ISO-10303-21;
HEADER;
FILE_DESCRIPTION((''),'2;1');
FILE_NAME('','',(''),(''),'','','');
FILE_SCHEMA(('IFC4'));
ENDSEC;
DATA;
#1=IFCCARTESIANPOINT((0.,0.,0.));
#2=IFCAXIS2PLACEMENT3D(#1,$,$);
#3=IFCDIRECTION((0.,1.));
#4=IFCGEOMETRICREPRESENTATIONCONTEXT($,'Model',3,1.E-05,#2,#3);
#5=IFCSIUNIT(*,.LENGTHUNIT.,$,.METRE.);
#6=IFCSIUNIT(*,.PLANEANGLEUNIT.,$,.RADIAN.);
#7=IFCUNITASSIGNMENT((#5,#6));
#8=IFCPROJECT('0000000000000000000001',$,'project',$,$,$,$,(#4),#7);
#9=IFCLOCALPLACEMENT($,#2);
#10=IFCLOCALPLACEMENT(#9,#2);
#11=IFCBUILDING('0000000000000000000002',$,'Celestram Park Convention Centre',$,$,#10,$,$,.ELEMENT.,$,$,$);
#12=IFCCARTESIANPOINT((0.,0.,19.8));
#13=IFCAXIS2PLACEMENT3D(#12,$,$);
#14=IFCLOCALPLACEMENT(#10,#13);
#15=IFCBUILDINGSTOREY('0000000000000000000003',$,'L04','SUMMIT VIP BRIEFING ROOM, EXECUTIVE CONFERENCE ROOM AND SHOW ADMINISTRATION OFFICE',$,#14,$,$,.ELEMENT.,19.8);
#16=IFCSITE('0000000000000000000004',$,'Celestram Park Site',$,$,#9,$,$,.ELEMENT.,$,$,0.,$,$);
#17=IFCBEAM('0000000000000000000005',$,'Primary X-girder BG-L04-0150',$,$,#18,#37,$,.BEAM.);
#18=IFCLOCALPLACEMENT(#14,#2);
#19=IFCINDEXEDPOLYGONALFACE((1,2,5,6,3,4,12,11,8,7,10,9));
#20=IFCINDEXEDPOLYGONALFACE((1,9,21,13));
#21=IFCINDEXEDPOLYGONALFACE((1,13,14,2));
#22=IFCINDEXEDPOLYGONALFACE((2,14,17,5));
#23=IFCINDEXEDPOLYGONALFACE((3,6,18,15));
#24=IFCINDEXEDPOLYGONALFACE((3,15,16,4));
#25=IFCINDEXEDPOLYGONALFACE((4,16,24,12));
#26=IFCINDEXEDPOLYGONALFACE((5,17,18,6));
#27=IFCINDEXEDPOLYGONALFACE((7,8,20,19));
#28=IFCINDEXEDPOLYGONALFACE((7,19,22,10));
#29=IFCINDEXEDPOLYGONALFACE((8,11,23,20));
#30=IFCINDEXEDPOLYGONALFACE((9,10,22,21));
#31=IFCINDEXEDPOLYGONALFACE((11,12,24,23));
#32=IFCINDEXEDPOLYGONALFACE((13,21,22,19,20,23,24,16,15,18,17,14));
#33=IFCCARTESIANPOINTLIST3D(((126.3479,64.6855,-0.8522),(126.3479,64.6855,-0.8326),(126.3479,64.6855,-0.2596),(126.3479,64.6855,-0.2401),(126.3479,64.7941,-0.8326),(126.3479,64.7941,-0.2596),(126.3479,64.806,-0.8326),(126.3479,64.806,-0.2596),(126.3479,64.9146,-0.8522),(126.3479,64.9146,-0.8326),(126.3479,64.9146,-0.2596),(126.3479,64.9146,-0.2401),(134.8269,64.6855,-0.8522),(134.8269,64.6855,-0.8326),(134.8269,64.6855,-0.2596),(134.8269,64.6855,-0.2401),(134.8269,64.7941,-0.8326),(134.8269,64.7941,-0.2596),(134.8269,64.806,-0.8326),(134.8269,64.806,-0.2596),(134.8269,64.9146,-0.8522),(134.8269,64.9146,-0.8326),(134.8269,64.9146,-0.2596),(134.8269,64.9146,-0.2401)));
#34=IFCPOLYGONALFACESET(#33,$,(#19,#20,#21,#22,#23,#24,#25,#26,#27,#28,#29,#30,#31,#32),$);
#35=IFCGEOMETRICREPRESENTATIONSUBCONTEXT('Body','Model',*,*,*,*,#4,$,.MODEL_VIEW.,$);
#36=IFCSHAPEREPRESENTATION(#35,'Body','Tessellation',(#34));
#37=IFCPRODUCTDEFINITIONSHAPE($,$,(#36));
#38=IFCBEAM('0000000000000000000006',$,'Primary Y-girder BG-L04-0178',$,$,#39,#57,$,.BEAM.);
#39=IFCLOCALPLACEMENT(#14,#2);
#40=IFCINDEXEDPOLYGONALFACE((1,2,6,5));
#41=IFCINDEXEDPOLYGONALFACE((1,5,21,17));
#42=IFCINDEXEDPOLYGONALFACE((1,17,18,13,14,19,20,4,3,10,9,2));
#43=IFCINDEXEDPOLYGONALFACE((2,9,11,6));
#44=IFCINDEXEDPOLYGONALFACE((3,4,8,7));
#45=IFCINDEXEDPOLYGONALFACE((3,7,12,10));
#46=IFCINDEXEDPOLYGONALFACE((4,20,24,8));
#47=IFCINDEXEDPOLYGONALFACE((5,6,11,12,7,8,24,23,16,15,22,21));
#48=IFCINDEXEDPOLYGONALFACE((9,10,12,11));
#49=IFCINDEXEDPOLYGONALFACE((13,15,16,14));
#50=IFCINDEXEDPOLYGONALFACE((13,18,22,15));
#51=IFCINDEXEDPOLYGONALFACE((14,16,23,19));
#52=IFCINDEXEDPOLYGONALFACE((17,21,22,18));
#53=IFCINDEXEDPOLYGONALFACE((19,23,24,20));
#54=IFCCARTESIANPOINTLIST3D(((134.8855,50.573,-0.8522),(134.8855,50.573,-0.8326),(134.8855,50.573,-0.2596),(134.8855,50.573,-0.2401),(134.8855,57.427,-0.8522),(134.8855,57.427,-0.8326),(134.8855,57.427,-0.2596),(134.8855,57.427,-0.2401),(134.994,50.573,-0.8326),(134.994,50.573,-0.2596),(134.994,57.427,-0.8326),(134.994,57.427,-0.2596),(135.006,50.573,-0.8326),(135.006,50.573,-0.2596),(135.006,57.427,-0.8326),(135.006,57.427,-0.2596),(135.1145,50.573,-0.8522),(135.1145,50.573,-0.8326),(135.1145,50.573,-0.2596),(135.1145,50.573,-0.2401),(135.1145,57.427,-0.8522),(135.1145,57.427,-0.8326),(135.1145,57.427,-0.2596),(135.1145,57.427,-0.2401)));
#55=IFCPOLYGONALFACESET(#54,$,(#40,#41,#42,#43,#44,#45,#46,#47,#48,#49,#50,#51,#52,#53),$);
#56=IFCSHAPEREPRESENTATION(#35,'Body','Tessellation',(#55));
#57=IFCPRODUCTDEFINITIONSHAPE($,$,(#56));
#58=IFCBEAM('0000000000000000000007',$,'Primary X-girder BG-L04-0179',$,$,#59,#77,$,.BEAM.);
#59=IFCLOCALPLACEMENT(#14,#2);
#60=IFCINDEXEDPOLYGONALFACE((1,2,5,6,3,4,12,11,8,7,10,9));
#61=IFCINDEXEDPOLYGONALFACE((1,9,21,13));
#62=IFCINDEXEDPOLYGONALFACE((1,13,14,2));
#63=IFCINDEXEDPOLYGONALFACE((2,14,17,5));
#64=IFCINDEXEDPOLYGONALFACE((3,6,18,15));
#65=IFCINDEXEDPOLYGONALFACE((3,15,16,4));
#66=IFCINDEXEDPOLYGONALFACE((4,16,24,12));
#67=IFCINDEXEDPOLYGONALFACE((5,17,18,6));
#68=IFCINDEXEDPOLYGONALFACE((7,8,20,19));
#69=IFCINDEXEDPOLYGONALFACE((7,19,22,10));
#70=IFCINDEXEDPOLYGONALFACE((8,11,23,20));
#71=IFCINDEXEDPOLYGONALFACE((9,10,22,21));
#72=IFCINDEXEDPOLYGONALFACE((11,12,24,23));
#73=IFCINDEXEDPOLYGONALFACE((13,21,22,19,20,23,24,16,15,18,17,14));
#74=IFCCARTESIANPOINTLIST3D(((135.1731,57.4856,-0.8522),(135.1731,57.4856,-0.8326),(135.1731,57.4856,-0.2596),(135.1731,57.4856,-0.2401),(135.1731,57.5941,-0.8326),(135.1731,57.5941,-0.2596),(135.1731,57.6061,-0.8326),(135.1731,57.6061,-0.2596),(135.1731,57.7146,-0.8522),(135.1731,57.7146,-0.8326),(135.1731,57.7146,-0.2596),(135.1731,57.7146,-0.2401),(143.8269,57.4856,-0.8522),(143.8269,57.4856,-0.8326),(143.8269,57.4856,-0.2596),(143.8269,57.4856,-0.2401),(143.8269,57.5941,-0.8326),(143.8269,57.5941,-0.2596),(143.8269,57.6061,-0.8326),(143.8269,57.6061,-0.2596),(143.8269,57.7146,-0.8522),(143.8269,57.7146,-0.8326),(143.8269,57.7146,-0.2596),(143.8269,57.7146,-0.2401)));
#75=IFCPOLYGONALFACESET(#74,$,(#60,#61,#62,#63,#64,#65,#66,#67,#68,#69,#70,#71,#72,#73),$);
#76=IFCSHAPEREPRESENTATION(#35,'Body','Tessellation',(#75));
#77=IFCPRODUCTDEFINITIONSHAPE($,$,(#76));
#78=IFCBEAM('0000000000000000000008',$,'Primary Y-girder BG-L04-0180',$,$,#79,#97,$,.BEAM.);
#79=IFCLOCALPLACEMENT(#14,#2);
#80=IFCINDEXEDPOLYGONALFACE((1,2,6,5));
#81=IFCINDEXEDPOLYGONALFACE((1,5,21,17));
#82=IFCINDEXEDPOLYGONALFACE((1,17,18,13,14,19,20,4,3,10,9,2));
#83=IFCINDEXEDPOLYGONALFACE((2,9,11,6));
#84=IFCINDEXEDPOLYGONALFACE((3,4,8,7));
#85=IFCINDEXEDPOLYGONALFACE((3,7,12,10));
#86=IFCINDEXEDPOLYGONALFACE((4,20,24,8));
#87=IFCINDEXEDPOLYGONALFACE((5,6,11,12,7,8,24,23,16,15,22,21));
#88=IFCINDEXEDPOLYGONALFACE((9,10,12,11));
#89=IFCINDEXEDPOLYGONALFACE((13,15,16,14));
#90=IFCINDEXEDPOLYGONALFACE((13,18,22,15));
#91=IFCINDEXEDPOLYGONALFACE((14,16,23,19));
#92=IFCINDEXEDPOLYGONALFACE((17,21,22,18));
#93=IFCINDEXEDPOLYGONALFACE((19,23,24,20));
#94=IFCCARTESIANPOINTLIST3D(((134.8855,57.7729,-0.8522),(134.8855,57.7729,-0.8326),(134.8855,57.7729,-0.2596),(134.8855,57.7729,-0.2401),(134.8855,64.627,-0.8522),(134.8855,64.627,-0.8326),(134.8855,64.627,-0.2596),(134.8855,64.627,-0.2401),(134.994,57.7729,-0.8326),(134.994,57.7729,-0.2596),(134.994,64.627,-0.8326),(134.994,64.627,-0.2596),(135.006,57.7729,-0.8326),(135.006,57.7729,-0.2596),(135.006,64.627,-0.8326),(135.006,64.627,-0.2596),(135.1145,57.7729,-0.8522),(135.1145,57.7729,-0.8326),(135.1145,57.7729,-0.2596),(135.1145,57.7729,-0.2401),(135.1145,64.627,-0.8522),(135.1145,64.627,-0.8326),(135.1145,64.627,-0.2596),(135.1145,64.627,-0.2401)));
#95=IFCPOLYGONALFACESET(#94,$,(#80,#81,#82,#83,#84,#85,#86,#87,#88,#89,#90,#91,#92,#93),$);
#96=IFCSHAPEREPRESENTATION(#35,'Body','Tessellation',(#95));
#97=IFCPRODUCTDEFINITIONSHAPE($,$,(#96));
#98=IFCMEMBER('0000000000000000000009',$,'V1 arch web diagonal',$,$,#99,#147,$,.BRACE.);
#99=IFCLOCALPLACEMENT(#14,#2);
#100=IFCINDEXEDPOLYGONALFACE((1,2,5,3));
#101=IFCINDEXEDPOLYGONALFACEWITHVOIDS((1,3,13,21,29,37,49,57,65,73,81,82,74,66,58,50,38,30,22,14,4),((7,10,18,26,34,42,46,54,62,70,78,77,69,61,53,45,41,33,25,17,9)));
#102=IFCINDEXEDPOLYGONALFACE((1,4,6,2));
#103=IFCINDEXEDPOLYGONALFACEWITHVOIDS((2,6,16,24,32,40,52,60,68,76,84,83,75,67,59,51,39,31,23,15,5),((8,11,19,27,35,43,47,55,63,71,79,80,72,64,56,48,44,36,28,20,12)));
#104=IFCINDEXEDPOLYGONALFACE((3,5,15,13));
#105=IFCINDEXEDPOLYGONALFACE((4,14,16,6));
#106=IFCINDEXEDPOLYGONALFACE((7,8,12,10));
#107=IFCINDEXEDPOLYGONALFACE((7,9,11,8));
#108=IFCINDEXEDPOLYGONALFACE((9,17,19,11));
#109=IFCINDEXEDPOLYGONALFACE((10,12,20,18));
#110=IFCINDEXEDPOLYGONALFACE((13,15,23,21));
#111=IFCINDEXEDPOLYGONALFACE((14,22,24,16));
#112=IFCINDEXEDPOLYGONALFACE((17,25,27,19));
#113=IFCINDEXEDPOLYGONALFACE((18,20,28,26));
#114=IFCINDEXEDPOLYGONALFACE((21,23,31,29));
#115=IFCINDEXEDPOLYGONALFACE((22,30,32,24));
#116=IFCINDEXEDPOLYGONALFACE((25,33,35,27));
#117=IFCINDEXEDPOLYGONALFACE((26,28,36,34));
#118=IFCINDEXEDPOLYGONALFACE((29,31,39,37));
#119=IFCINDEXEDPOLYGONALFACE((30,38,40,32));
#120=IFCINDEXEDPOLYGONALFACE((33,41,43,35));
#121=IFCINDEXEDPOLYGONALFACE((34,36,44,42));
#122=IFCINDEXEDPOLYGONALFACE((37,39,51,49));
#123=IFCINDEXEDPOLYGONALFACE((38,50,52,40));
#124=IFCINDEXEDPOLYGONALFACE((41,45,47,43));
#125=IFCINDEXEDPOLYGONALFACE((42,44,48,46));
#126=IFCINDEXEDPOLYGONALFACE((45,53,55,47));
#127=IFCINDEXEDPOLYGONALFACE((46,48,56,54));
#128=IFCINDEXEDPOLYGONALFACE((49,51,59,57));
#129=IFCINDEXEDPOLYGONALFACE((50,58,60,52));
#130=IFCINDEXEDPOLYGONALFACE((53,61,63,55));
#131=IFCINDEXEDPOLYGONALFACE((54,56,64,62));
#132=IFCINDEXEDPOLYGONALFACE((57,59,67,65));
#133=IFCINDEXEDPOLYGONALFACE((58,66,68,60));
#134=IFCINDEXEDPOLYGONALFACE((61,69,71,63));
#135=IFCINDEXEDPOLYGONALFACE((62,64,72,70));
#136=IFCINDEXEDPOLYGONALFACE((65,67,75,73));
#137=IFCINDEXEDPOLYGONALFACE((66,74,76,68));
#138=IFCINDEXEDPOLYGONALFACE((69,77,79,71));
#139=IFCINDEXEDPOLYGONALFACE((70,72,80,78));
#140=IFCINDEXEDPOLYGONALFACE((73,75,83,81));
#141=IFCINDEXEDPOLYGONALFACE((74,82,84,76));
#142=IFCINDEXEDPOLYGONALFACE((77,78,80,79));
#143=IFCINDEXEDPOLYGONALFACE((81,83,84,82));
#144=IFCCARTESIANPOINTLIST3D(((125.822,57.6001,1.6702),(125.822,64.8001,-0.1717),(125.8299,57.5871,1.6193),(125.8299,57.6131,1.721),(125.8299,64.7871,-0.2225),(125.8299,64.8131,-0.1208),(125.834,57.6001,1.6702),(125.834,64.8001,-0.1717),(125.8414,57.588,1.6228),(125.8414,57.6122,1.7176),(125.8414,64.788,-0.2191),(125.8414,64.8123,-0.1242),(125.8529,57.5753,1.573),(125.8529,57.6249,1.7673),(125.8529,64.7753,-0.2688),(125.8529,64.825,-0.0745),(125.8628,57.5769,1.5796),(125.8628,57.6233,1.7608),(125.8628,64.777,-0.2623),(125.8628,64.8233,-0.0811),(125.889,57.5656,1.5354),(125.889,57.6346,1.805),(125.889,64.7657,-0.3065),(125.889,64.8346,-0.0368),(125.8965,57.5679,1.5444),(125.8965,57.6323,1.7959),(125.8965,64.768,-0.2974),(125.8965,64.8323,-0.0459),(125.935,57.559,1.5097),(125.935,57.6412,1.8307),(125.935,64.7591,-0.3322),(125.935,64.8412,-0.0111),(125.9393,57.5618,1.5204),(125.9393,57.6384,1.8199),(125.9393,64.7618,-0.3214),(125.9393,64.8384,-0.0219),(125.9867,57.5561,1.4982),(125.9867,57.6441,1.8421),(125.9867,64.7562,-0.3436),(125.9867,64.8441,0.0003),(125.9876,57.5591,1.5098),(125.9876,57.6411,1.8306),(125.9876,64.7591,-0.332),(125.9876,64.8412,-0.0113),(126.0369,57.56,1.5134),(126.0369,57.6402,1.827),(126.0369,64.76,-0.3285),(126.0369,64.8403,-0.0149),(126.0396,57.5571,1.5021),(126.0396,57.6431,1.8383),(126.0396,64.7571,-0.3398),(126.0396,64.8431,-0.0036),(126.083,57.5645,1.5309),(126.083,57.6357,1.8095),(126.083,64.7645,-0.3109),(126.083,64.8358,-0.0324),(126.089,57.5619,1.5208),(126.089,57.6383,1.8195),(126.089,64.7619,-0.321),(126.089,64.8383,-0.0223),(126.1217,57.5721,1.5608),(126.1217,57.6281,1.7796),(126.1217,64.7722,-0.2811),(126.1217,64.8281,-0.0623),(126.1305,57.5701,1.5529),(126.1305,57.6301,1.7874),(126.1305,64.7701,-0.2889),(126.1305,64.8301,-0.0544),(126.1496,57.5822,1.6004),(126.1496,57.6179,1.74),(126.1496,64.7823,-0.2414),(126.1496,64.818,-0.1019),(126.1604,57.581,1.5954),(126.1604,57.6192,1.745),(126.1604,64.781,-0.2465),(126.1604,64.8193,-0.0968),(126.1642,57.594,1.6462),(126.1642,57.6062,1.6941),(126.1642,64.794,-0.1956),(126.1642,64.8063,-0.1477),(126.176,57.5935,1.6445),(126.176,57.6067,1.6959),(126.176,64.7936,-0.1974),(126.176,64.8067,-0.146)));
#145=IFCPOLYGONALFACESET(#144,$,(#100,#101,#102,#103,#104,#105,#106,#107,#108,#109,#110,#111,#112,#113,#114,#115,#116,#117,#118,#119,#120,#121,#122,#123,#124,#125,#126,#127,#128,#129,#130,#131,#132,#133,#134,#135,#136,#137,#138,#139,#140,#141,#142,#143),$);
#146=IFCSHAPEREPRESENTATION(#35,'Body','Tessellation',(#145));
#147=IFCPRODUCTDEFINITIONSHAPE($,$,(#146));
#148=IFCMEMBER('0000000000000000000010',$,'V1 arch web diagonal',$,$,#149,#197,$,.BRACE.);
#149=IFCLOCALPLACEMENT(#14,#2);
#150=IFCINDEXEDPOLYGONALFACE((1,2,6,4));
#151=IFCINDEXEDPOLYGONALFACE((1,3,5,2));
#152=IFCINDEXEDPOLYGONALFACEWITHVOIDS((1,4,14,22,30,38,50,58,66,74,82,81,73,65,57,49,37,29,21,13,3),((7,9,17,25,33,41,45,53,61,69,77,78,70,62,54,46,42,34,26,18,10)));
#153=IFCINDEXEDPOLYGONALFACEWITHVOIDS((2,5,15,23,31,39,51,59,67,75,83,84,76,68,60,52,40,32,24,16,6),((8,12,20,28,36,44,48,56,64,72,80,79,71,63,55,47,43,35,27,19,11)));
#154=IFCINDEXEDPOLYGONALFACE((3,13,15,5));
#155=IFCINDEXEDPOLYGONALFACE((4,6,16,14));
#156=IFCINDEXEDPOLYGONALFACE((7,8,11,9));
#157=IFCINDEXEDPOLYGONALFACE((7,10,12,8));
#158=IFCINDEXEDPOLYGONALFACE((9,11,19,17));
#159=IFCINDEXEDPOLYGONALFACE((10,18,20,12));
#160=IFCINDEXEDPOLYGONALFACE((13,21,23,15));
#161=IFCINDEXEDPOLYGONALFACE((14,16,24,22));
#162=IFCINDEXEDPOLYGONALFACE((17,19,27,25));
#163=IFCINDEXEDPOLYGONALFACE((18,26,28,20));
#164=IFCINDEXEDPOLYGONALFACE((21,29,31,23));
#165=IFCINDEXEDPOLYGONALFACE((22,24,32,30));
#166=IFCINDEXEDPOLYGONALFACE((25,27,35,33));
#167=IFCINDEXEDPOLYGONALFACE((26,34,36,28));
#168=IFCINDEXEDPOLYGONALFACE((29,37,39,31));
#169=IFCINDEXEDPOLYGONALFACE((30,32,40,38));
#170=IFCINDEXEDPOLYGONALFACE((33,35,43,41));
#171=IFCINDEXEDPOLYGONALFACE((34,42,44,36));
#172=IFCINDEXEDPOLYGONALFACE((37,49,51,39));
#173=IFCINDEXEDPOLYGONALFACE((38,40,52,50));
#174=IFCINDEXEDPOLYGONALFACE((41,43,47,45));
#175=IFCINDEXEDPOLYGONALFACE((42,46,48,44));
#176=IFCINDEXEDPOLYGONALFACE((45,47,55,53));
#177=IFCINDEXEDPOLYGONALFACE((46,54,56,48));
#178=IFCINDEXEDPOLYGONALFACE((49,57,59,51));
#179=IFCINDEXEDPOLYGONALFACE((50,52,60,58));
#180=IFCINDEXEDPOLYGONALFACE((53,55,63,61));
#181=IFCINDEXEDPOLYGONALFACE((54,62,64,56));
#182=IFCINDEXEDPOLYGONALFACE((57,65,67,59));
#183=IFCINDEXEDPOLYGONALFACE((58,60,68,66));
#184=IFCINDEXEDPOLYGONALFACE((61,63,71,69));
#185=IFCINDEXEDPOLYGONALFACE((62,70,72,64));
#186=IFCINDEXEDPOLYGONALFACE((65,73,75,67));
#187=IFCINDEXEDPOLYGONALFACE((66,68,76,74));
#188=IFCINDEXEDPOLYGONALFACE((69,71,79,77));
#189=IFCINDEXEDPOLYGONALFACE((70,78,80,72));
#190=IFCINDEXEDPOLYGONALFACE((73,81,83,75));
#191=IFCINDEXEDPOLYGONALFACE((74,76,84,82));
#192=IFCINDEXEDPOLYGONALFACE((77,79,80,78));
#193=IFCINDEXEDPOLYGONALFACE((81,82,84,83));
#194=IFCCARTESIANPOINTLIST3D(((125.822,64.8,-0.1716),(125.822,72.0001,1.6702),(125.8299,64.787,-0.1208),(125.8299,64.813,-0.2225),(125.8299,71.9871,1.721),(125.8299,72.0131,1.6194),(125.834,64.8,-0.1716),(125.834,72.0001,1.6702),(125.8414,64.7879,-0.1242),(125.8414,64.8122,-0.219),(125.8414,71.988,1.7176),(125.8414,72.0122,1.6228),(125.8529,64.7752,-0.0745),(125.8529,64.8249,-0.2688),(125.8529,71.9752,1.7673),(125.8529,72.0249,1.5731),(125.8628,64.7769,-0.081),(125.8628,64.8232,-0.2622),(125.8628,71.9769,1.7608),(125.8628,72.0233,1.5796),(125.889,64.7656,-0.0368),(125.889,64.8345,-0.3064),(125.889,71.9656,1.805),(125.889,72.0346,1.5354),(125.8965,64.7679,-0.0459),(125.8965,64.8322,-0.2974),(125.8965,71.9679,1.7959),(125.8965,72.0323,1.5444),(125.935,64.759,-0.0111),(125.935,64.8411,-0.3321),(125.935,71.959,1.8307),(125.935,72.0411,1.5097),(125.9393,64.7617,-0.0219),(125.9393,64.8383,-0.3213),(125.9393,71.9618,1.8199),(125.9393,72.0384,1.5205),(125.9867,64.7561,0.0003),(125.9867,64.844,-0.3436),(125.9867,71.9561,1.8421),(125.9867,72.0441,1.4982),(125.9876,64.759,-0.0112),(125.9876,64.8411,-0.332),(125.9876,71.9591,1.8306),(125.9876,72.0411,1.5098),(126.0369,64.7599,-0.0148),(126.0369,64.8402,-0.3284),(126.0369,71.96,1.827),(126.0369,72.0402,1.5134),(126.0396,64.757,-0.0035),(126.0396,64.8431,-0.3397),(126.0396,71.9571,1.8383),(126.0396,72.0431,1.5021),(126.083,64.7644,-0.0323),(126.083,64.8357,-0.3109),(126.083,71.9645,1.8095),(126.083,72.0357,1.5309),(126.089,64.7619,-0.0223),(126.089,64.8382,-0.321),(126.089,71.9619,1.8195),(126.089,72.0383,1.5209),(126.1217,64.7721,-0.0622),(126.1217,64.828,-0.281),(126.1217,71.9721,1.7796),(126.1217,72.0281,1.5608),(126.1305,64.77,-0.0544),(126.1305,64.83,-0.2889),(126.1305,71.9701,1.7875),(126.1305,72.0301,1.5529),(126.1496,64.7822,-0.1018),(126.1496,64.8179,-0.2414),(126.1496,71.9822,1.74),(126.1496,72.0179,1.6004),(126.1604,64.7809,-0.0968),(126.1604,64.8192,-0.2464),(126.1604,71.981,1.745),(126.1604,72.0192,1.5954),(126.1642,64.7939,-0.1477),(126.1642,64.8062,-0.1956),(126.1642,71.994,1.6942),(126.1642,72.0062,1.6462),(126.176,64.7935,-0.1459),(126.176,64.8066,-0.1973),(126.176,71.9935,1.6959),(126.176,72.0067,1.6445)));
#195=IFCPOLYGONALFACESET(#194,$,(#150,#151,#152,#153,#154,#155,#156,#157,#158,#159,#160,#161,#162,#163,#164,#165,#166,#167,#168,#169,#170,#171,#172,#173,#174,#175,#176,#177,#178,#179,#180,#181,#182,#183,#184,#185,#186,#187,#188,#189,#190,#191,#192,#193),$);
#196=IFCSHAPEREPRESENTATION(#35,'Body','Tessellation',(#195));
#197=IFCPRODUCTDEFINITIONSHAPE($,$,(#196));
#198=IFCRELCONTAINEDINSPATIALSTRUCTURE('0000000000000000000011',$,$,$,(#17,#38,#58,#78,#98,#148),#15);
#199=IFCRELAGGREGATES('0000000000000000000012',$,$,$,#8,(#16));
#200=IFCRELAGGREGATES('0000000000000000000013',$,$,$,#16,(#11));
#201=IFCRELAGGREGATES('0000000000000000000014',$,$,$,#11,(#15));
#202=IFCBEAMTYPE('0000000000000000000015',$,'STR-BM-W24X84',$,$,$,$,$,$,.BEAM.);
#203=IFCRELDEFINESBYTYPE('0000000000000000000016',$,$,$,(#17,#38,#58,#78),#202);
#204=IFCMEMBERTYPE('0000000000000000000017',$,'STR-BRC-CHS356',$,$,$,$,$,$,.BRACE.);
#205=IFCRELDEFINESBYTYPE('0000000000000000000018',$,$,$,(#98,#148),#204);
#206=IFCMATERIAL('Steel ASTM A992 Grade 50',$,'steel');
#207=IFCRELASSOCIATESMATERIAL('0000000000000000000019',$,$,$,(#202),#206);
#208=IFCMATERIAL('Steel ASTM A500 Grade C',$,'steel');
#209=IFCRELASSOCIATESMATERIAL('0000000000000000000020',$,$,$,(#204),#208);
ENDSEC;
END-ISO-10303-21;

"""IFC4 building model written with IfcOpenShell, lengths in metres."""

from ifc_helpers import new_model, si_unit, direction, frame, origin, origin_2d, place, context, subcontext, project, spatial, hollow_circle, i_section, extrude, material, material_profile, profile_set, type_object, element, save


model = new_model("IFC4")

# Units and contexts
model_context = context("Model", 3, precision=1e-05, world=origin(), true_north=direction((0.0, 1.0)))
body_context = subcontext(model_context, "Body", "Model", "MODEL_VIEW")
ifc_project = project(units=[si_unit("LENGTHUNIT", "METRE"), si_unit("PLANEANGLEUNIT", "RADIAN")], contexts=[model_context])

# Site, building, storey
site_placement = place(None, origin())
site = spatial("IfcSite", under=ifc_project, at=site_placement, Name="Celestram Park Site", CompositionType="ELEMENT", RefElevation=0.0)
building_placement = place(site_placement, origin())
building = spatial("IfcBuilding", under=site, at=building_placement, Name="Celestram Park Convention Centre", CompositionType="ELEMENT")
storey_placement = place(building_placement, frame((0.0, 0.0, 19.8)))
storey = spatial("IfcBuildingStorey", under=building, at=storey_placement, Name="L04", Description="SUMMIT VIP BRIEFING ROOM, EXECUTIVE CONFERENCE ROOM AND SHOW ADMINISTRATION OFFICE", CompositionType="ELEMENT", Elevation=19.8)

# Beams
ifc_material_1 = material(Name="Steel ASTM A992 Grade 50", Category="steel")
ifc_material_profile_1 = material_profile(ifc_material_1, i_section(OverallWidth=0.229, OverallDepth=0.6121, WebThickness=0.012, FlangeThickness=0.0195, at=origin_2d()), Name="W24X84")
ifc_profile_set_1 = profile_set([ifc_material_profile_1], Name="Steel ASTM A992 Grade 50")
beam_type_1 = type_object("IfcBeamType", Name="STR-BM-W24X84", PredefinedType="BEAM", material=ifc_profile_set_1)
beam_1_placement = place(storey_placement, frame((126.3479, 64.8, -0.5461), z_axis=(1.0, 0.0, 0.0), x_axis=(0.0, 1.0, 0.0)))
element("IfcBeam", 1, at=beam_1_placement, inside=storey, type_object=beam_type_1, Name="Primary X-girder BG-L04-0150", PredefinedType="BEAM", context=body_context, shape_type="SweptSolid", body=[
    extrude(i_section(OverallWidth=0.229, OverallDepth=0.6121, WebThickness=0.012, FlangeThickness=0.0195, at=origin_2d()), origin(), (0.0, 0.0, 1.0), 8.479),
])
beam_2_placement = place(storey_placement, frame((135.0, 50.573, -0.5461), z_axis=(0.0, 1.0, 0.0), x_axis=(-1.0, 0.0, 0.0)))
element("IfcBeam", 2, at=beam_2_placement, inside=storey, type_object=beam_type_1, Name="Primary Y-girder BG-L04-0178", PredefinedType="BEAM", context=body_context, shape_type="SweptSolid", body=[
    extrude(i_section(OverallWidth=0.229, OverallDepth=0.6121, WebThickness=0.012, FlangeThickness=0.0195, at=origin_2d()), origin(), (0.0, 0.0, 1.0), 6.854),
])
beam_3_placement = place(storey_placement, frame((135.1731, 57.6001, -0.5461), z_axis=(1.0, 0.0, 0.0), x_axis=(0.0, 1.0, 0.0)))
element("IfcBeam", 3, at=beam_3_placement, inside=storey, type_object=beam_type_1, Name="Primary X-girder BG-L04-0179", PredefinedType="BEAM", context=body_context, shape_type="SweptSolid", body=[
    extrude(i_section(OverallWidth=0.229, OverallDepth=0.6121, WebThickness=0.012, FlangeThickness=0.0195, at=origin_2d()), origin(), (0.0, 0.0, 1.0), 8.6538),
])
beam_4_placement = place(storey_placement, frame((135.0, 57.7729, -0.5461), z_axis=(0.0, 1.0, 0.0), x_axis=(-1.0, 0.0, 0.0)))
element("IfcBeam", 4, at=beam_4_placement, inside=storey, type_object=beam_type_1, Name="Primary Y-girder BG-L04-0180", PredefinedType="BEAM", context=body_context, shape_type="SweptSolid", body=[
    extrude(i_section(OverallWidth=0.229, OverallDepth=0.6121, WebThickness=0.012, FlangeThickness=0.0195, at=origin_2d()), origin(), (0.0, 0.0, 1.0), 6.854),
])

# Members
ifc_material_2 = material(Name="Steel ASTM A500 Grade C", Category="steel")
ifc_material_profile_2 = material_profile(ifc_material_2, hollow_circle(Radius=0.178, WallThickness=0.012, at=origin_2d()), Name="CHS356X12")
ifc_profile_set_2 = profile_set([ifc_material_profile_2], Name="Steel ASTM A500 Grade C")
member_type_1 = type_object("IfcMemberType", Name="STR-BRC-CHS356", PredefinedType="BRACE", material=ifc_profile_set_2)
for number, where, z_axis, x_axis, name in (
    (5, (126.0, 57.6001, 1.6702), (0.0, 0.968804, -0.247827), (-1.0, 0.0, 0.0), "V1 arch web diagonal"),
    (6, (126.0, 64.8, -0.1716), (0.0, 0.968804, 0.247827), (-1.0, 0.0, 0.0), "V1 arch web diagonal"),
):
    element("IfcMember", number, at=place(storey_placement, frame(where, z_axis=z_axis, x_axis=x_axis)), inside=storey, type_object=member_type_1, Name=name, PredefinedType="BRACE", context=body_context, shape_type="SweptSolid", body=[
        extrude(hollow_circle(Radius=0.178, WallThickness=0.012, at=origin_2d()), origin(), (0.0, 0.0, 1.0), 7.4319),
    ])

save(model, "model.ifc")
